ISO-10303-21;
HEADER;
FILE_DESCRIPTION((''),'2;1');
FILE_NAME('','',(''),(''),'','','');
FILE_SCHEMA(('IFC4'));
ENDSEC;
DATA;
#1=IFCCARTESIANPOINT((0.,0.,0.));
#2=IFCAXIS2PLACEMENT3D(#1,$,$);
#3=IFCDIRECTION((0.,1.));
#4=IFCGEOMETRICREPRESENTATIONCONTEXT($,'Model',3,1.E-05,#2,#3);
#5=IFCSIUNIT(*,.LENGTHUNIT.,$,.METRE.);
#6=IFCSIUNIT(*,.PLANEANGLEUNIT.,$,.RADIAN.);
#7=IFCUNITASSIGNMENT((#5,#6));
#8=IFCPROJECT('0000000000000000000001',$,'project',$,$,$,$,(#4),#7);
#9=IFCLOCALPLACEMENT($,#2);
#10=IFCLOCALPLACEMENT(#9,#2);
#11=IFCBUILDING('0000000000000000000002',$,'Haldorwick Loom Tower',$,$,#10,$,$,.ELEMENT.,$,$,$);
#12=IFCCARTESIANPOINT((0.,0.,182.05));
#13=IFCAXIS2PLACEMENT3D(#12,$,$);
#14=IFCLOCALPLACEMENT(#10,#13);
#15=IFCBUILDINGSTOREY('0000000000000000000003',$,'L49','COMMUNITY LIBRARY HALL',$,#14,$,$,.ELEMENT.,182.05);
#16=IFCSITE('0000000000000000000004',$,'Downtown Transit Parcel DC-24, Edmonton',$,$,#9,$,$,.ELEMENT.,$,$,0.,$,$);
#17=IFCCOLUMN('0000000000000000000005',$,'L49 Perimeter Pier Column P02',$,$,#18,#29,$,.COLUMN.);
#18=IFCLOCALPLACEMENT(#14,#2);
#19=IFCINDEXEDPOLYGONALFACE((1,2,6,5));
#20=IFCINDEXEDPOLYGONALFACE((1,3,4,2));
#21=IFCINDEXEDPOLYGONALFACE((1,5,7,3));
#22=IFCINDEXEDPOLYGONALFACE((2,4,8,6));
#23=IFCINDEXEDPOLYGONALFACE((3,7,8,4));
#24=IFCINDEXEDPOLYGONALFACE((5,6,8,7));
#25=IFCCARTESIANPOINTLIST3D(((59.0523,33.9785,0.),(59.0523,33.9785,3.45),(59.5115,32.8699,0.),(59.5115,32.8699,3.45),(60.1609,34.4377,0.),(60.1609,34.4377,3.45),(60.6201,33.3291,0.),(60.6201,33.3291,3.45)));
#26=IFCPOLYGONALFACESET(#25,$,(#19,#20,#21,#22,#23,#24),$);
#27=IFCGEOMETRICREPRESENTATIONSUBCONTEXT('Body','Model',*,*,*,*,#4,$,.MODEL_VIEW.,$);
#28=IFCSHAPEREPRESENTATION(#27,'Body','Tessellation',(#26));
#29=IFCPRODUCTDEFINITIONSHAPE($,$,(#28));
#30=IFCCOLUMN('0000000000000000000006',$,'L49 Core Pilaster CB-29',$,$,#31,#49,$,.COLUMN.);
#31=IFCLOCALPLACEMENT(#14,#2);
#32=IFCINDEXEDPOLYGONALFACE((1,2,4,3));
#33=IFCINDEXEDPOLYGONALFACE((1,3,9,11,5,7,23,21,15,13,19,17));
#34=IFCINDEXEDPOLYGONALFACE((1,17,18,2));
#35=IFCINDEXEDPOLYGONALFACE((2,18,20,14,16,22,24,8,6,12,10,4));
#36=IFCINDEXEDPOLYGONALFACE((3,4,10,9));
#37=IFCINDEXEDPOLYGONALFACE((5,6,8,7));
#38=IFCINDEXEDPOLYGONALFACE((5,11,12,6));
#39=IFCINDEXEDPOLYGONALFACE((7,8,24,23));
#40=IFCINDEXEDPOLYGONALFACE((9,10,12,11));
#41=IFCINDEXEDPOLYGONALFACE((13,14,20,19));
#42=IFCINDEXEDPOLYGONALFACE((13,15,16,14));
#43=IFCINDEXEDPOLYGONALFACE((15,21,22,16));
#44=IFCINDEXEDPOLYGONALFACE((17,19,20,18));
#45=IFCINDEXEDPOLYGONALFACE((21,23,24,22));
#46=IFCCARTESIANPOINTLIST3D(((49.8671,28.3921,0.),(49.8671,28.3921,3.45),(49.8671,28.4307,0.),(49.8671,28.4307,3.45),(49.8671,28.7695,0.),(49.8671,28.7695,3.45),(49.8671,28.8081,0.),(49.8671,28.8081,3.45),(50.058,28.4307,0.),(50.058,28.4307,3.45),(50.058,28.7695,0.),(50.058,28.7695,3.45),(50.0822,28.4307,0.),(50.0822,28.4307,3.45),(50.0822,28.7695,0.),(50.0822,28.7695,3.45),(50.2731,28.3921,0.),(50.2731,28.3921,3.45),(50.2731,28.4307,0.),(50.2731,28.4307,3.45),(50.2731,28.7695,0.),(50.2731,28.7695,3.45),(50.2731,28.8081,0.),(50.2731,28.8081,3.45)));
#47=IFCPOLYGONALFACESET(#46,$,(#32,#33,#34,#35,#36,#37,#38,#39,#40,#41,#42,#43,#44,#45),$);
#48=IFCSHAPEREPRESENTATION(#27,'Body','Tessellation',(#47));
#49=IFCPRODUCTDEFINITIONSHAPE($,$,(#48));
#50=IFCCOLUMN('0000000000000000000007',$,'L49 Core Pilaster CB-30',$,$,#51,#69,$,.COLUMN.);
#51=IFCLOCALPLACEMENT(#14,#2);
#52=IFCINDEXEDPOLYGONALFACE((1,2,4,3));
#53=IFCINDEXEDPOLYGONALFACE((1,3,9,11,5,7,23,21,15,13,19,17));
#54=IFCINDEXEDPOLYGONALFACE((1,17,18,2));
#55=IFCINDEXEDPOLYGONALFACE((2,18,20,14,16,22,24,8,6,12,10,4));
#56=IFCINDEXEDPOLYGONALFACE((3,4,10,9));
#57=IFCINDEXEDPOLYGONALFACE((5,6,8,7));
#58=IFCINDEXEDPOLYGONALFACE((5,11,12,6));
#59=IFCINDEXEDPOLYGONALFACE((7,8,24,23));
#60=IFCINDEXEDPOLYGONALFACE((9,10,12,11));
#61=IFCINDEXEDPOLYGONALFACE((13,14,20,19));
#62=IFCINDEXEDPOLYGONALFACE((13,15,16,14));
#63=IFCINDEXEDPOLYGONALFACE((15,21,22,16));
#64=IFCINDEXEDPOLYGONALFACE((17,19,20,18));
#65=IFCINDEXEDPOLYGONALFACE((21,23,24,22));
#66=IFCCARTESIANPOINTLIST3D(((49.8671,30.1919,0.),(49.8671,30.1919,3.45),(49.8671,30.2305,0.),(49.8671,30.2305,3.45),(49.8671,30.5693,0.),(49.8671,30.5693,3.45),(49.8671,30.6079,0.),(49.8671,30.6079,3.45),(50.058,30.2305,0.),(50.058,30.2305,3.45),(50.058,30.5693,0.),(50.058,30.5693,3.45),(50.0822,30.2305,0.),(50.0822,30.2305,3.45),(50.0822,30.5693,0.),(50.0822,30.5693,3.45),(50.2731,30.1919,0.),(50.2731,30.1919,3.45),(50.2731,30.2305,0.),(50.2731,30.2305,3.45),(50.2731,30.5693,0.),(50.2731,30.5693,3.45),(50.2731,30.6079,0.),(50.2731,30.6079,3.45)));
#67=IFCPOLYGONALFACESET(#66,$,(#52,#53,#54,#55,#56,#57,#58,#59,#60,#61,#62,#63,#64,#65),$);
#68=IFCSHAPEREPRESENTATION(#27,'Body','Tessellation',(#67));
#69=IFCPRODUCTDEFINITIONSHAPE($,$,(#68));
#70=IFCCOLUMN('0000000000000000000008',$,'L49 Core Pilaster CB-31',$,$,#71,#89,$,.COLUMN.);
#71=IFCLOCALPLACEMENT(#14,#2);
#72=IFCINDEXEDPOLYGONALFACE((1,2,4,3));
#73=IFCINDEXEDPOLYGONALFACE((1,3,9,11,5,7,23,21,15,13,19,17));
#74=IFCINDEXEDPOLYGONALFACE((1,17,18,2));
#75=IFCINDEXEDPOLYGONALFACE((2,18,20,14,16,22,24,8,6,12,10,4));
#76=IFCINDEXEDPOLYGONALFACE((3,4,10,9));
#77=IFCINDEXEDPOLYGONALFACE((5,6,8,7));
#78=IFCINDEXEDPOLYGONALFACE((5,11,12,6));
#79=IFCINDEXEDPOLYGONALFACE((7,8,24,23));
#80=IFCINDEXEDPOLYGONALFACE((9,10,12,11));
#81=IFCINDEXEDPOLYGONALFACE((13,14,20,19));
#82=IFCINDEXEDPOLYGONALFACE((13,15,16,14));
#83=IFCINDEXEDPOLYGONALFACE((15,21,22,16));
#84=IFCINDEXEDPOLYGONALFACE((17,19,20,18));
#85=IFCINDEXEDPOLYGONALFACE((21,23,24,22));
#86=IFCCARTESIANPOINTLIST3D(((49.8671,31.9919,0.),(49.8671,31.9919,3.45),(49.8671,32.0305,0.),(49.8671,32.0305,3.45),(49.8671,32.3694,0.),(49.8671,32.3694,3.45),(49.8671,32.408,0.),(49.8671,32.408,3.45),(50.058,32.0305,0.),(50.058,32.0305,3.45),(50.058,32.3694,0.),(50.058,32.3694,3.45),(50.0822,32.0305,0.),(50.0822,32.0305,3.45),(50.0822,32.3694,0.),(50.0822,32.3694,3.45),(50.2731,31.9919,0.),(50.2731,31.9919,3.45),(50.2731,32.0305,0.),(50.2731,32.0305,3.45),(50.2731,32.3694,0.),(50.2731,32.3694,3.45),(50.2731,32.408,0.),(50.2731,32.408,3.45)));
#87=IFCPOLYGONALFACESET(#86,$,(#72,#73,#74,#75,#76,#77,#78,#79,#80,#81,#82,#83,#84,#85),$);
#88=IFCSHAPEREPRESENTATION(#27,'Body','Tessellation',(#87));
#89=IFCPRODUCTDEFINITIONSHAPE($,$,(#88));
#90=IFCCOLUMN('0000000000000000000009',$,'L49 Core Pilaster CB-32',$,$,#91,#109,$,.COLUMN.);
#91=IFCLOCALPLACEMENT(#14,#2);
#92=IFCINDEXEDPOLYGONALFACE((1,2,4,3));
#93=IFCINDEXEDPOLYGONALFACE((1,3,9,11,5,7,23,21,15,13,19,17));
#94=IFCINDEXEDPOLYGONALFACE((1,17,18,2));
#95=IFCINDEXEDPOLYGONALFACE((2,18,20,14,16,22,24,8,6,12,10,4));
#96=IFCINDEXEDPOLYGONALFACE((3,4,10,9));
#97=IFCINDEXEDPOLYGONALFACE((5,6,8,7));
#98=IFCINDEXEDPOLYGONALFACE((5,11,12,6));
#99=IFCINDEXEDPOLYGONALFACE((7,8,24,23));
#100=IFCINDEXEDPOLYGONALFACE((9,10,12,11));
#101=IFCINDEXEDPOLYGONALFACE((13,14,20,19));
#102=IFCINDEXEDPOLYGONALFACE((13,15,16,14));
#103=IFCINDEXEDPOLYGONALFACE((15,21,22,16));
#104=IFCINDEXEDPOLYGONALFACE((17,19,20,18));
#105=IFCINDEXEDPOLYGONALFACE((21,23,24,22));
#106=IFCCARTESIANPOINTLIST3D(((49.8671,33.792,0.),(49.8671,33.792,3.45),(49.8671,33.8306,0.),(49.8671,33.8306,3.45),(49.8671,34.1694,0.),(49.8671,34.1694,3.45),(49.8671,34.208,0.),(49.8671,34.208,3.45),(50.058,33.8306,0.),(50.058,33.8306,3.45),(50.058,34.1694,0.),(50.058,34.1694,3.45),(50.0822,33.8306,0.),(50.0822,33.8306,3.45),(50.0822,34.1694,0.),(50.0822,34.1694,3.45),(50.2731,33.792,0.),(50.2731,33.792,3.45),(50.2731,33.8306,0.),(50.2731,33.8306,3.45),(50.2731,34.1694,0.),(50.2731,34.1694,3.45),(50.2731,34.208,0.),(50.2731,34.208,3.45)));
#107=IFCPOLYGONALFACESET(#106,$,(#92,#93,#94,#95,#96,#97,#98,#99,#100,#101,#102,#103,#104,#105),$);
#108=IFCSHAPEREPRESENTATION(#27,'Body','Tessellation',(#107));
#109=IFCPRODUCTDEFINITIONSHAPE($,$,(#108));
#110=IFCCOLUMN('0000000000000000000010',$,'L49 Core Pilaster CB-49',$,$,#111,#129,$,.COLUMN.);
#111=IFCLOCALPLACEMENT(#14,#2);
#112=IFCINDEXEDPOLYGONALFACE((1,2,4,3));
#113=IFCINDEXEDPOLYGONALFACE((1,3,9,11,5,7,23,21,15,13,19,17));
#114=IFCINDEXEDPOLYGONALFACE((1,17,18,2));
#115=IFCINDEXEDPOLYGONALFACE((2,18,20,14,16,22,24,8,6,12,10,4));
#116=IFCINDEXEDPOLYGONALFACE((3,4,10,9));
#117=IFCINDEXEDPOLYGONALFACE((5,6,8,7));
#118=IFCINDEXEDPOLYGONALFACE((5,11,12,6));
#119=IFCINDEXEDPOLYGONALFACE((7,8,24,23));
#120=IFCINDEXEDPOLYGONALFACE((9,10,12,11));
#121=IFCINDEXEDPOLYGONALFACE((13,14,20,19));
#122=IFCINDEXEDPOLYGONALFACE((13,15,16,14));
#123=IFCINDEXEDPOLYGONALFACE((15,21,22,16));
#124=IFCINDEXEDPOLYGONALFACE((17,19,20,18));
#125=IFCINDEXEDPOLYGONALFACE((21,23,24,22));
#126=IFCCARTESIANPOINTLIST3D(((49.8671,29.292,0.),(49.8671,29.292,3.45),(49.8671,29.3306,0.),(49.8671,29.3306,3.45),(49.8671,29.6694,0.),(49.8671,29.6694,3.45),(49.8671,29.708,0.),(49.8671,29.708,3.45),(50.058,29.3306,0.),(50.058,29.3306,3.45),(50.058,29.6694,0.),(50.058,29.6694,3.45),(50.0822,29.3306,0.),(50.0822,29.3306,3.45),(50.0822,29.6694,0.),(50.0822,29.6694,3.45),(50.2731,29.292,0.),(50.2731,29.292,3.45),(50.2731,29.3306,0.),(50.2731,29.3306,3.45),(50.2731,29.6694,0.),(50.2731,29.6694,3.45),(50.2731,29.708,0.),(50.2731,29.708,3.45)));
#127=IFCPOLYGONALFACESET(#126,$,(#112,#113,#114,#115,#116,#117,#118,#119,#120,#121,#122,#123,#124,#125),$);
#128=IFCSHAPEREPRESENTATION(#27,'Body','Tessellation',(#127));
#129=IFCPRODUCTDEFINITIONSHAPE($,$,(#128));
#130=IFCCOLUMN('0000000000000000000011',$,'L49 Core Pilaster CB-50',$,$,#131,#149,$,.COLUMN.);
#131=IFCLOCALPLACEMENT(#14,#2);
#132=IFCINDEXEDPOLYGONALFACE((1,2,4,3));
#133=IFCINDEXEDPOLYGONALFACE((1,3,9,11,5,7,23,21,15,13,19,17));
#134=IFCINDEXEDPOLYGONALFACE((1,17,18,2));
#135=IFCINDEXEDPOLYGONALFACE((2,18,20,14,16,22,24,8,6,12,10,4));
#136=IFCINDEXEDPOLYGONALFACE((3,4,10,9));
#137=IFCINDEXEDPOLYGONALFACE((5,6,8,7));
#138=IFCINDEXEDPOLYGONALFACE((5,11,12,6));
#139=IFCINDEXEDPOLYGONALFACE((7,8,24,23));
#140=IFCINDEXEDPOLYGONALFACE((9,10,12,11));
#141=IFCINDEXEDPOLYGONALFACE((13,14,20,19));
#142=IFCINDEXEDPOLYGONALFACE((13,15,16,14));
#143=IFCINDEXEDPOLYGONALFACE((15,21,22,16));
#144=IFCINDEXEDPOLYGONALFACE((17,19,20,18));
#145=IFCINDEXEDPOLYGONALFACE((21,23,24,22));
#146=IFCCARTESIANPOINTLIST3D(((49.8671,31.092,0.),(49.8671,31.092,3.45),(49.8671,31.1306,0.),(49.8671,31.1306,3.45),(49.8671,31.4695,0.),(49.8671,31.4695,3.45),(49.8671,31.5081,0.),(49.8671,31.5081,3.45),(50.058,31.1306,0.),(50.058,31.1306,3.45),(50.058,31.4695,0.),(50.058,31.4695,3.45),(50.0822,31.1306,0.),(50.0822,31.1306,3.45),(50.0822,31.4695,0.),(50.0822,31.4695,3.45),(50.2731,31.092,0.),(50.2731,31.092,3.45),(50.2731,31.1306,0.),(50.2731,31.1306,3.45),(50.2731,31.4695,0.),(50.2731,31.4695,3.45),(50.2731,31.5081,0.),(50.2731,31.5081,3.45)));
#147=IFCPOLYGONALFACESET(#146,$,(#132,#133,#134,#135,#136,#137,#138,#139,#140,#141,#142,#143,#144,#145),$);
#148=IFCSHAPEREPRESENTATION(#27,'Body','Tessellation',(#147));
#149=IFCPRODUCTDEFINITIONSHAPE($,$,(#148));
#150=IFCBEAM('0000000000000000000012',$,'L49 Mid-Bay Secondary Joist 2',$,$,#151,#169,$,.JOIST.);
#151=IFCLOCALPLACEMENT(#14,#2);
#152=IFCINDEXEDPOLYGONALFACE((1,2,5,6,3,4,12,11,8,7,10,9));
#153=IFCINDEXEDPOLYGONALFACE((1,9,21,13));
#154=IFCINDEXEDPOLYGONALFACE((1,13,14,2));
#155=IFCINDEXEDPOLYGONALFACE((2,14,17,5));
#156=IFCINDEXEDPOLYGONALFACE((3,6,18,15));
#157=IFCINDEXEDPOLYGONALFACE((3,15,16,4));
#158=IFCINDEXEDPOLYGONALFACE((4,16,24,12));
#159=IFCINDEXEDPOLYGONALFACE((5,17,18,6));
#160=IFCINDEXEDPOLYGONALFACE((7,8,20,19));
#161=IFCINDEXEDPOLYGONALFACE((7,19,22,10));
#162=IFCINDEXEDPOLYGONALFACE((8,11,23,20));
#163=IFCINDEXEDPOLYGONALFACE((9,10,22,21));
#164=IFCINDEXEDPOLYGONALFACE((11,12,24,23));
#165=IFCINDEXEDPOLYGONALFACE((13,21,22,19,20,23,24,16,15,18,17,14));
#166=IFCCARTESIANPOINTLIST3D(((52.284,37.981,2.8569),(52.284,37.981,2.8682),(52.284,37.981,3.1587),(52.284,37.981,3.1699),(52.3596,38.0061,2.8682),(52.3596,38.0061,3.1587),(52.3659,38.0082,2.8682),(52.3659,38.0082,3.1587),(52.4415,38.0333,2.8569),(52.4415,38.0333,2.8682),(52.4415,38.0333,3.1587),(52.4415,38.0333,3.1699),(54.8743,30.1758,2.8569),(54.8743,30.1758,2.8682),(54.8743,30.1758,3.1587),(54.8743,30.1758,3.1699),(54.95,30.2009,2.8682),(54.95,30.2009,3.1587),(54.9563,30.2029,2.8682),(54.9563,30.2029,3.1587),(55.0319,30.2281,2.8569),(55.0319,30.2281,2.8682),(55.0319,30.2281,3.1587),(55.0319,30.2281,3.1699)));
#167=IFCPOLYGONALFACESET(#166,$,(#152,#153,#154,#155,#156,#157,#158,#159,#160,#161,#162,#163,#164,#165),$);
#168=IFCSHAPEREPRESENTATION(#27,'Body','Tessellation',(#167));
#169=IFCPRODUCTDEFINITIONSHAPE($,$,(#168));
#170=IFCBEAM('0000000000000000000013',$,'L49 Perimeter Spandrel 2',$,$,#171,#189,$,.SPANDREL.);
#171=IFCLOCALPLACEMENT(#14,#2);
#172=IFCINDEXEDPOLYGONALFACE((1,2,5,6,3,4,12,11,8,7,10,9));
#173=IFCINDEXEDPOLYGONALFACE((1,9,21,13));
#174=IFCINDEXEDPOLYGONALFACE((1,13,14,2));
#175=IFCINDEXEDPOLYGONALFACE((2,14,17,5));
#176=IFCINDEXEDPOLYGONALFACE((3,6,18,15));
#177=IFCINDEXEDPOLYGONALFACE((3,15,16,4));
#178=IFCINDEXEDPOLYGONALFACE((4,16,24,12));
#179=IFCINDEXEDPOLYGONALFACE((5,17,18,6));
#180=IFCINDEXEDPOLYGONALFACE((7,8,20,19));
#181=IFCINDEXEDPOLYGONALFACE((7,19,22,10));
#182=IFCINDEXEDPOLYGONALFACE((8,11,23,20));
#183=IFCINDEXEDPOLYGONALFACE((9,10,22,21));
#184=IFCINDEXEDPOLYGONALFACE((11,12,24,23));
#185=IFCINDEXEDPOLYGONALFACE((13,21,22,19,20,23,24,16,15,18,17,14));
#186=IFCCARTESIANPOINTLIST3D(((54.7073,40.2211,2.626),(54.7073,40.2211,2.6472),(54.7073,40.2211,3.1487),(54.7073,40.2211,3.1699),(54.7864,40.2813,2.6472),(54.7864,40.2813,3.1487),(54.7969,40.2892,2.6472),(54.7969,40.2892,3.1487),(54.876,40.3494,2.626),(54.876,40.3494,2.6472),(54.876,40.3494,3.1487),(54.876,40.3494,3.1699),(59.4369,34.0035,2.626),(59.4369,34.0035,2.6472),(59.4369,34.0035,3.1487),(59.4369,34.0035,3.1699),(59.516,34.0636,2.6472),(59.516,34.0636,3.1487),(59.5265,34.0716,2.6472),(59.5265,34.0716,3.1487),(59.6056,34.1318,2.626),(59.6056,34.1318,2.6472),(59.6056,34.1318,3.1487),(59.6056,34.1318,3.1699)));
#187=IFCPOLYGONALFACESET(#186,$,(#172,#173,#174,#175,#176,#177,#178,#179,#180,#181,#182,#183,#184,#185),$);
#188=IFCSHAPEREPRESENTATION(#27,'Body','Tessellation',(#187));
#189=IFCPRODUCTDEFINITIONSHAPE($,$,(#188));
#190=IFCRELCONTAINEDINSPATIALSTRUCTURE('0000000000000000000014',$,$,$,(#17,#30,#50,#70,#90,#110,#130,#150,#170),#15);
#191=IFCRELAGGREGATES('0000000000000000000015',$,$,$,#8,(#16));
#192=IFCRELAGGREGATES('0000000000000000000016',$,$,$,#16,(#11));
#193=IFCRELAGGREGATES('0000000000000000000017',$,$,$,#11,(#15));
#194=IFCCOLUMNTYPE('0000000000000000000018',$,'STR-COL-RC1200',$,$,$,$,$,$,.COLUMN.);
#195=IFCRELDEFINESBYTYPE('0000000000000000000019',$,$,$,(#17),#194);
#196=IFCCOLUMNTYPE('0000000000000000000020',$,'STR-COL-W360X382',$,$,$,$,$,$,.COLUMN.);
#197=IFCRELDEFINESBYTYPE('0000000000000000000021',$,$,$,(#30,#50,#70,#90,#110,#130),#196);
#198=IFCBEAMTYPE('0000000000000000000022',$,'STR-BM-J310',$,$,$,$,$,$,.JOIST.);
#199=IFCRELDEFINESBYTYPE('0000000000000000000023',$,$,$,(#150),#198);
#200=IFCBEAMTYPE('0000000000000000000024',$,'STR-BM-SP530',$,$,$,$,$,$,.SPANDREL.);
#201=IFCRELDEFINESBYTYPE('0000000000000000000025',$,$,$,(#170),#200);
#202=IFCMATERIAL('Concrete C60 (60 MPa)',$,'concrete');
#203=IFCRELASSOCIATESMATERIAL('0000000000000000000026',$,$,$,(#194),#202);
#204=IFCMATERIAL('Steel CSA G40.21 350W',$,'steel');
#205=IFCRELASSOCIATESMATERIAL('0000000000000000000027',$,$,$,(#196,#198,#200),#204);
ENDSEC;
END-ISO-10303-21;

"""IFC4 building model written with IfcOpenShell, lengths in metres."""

from ifc_helpers import new_model, si_unit, direction, frame, origin, origin_2d, place, context, subcontext, project, spatial, rectangle, i_section, extrude, material, material_profile, profile_set, type_object, element, save


model = new_model("IFC4")

# Units and contexts
model_context = context("Model", 3, precision=1e-05, world=origin(), true_north=direction((0.0, 1.0)))
body_context = subcontext(model_context, "Body", "Model", "MODEL_VIEW")
ifc_project = project(units=[si_unit("LENGTHUNIT", "METRE"), si_unit("PLANEANGLEUNIT", "RADIAN")], contexts=[model_context])

# Site, building, storey
site_placement = place(None, origin())
site = spatial("IfcSite", under=ifc_project, at=site_placement, Name="Downtown Transit Parcel DC-24, Edmonton", CompositionType="ELEMENT", RefElevation=0.0)
building_placement = place(site_placement, origin())
building = spatial("IfcBuilding", under=site, at=building_placement, Name="Haldorwick Loom Tower", CompositionType="ELEMENT")
storey_placement = place(building_placement, frame((0.0, 0.0, 182.05)))
storey = spatial("IfcBuildingStorey", under=building, at=storey_placement, Name="L49", Description="COMMUNITY LIBRARY HALL", CompositionType="ELEMENT", Elevation=182.05)

# Columns
ifc_material_1 = material(Name="Concrete C60 (60 MPa)", Category="concrete")
ifc_material_profile_1 = material_profile(ifc_material_1, rectangle(XDim=1.2, YDim=1.2, at=origin_2d()), Name="RC1200X1200", Category="concrete")
ifc_profile_set_1 = profile_set([ifc_material_profile_1], Name="Concrete C60 (60 MPa)")
column_type_1 = type_object("IfcColumnType", Name="STR-COL-RC1200", PredefinedType="COLUMN", material=ifc_profile_set_1)
column_placement = place(storey_placement, frame((59.8362, 33.6538, 0.0), z_axis=(0.0, 0.0, 1.0), x_axis=(0.92388, 0.382683, 0.0)))
element("IfcColumn", 1, at=column_placement, inside=storey, type_object=column_type_1, Name="L49 Perimeter Pier Column P02", PredefinedType="COLUMN", context=body_context, shape_type="SweptSolid", body=[
    extrude(rectangle(XDim=1.2, YDim=1.2, at=origin_2d()), origin(), (0.0, 0.0, 1.0), 3.45),
])
ifc_material_2 = material(Name="Steel CSA G40.21 350W", Category="steel")
ifc_material_profile_2 = material_profile(ifc_material_2, i_section(OverallWidth=0.406, OverallDepth=0.416, WebThickness=0.0242, FlangeThickness=0.0386, at=origin_2d()), Name="W360X382", Category="steel")
ifc_profile_set_2 = profile_set([ifc_material_profile_2], Name="Steel CSA G40.21 350W")
column_type_2 = type_object("IfcColumnType", Name="STR-COL-W360X382", PredefinedType="COLUMN", material=ifc_profile_set_2)
for number, where, z_axis, x_axis, name in (
    (2, (50.0701, 28.6001, 0.0), (0.0, 0.0, 1.0), (1.0, 0.0, 0.0), "L49 Core Pilaster CB-29"),
    (3, (50.0701, 30.3999, 0.0), (0.0, 0.0, 1.0), (1.0, 0.0, 0.0), "L49 Core Pilaster CB-30"),
    (4, (50.0701, 32.2, 0.0), (0.0, 0.0, 1.0), (1.0, 0.0, 0.0), "L49 Core Pilaster CB-31"),
    (5, (50.0701, 34.0, 0.0), (0.0, 0.0, 1.0), (1.0, 0.0, 0.0), "L49 Core Pilaster CB-32"),
    (6, (50.0701, 29.5, 0.0), (0.0, 0.0, 1.0), (1.0, 0.0, 0.0), "L49 Core Pilaster CB-49"),
    (7, (50.0701, 31.3, 0.0), (0.0, 0.0, 1.0), (1.0, 0.0, 0.0), "L49 Core Pilaster CB-50"),
):
    element("IfcColumn", number, at=place(storey_placement, frame(where, z_axis=z_axis, x_axis=x_axis)), inside=storey, type_object=column_type_2, Name=name, PredefinedType="COLUMN", context=body_context, shape_type="SweptSolid", body=[
        extrude(i_section(OverallWidth=0.406, OverallDepth=0.416, WebThickness=0.0242, FlangeThickness=0.0386, at=origin_2d()), origin(), (0.0, 0.0, 1.0), 3.45),
    ])

# Beams
ifc_material_profile_3 = material_profile(ifc_material_2, i_section(OverallWidth=0.166, OverallDepth=0.313, WebThickness=0.0066, FlangeThickness=0.0112, at=origin_2d()), Name="W310X45", Category="steel")
ifc_profile_set_3 = profile_set([ifc_material_profile_3], Name="Steel CSA G40.21 350W")
beam_type_1 = type_object("IfcBeamType", Name="STR-BM-J310", PredefinedType="JOIST", material=ifc_profile_set_3)
beam_1_placement = place(storey_placement, frame((54.9531, 30.2019, 3.0134), z_axis=(-0.314981, 0.949098, 0.0), x_axis=(-0.949098, -0.314981, 0.0)))
element("IfcBeam", 8, at=beam_1_placement, inside=storey, type_object=beam_type_1, Name="L49 Mid-Bay Secondary Joist 2", PredefinedType="JOIST", context=body_context, shape_type="SweptSolid", body=[
    extrude(i_section(OverallWidth=0.166, OverallDepth=0.313, WebThickness=0.0066, FlangeThickness=0.0112, at=origin_2d()), origin(), (0.0, 0.0, 1.0), 8.2239),
])
ifc_material_profile_4 = material_profile(ifc_material_2, i_section(OverallWidth=0.2119, OverallDepth=0.5439, WebThickness=0.0132, FlangeThickness=0.0212, at=origin_2d()), Name="W530X123", Category="steel")
ifc_profile_set_4 = profile_set([ifc_material_profile_4], Name="Steel CSA G40.21 350W")
beam_type_2 = type_object("IfcBeamType", Name="STR-BM-SP530", PredefinedType="SPANDREL", material=ifc_profile_set_4)
beam_2_placement = place(storey_placement, frame((59.5212, 34.0676, 2.8979), z_axis=(-0.605422, 0.795905, 0.0), x_axis=(-0.795905, -0.605422, 0.0)))
element("IfcBeam", 9, at=beam_2_placement, inside=storey, type_object=beam_type_2, Name="L49 Perimeter Spandrel 2", PredefinedType="SPANDREL", context=body_context, shape_type="SweptSolid", body=[
    extrude(i_section(OverallWidth=0.2119, OverallDepth=0.5439, WebThickness=0.0132, FlangeThickness=0.0212, at=origin_2d()), origin(), (0.0, 0.0, 1.0), 7.812),
])

save(model, "model.ifc")
